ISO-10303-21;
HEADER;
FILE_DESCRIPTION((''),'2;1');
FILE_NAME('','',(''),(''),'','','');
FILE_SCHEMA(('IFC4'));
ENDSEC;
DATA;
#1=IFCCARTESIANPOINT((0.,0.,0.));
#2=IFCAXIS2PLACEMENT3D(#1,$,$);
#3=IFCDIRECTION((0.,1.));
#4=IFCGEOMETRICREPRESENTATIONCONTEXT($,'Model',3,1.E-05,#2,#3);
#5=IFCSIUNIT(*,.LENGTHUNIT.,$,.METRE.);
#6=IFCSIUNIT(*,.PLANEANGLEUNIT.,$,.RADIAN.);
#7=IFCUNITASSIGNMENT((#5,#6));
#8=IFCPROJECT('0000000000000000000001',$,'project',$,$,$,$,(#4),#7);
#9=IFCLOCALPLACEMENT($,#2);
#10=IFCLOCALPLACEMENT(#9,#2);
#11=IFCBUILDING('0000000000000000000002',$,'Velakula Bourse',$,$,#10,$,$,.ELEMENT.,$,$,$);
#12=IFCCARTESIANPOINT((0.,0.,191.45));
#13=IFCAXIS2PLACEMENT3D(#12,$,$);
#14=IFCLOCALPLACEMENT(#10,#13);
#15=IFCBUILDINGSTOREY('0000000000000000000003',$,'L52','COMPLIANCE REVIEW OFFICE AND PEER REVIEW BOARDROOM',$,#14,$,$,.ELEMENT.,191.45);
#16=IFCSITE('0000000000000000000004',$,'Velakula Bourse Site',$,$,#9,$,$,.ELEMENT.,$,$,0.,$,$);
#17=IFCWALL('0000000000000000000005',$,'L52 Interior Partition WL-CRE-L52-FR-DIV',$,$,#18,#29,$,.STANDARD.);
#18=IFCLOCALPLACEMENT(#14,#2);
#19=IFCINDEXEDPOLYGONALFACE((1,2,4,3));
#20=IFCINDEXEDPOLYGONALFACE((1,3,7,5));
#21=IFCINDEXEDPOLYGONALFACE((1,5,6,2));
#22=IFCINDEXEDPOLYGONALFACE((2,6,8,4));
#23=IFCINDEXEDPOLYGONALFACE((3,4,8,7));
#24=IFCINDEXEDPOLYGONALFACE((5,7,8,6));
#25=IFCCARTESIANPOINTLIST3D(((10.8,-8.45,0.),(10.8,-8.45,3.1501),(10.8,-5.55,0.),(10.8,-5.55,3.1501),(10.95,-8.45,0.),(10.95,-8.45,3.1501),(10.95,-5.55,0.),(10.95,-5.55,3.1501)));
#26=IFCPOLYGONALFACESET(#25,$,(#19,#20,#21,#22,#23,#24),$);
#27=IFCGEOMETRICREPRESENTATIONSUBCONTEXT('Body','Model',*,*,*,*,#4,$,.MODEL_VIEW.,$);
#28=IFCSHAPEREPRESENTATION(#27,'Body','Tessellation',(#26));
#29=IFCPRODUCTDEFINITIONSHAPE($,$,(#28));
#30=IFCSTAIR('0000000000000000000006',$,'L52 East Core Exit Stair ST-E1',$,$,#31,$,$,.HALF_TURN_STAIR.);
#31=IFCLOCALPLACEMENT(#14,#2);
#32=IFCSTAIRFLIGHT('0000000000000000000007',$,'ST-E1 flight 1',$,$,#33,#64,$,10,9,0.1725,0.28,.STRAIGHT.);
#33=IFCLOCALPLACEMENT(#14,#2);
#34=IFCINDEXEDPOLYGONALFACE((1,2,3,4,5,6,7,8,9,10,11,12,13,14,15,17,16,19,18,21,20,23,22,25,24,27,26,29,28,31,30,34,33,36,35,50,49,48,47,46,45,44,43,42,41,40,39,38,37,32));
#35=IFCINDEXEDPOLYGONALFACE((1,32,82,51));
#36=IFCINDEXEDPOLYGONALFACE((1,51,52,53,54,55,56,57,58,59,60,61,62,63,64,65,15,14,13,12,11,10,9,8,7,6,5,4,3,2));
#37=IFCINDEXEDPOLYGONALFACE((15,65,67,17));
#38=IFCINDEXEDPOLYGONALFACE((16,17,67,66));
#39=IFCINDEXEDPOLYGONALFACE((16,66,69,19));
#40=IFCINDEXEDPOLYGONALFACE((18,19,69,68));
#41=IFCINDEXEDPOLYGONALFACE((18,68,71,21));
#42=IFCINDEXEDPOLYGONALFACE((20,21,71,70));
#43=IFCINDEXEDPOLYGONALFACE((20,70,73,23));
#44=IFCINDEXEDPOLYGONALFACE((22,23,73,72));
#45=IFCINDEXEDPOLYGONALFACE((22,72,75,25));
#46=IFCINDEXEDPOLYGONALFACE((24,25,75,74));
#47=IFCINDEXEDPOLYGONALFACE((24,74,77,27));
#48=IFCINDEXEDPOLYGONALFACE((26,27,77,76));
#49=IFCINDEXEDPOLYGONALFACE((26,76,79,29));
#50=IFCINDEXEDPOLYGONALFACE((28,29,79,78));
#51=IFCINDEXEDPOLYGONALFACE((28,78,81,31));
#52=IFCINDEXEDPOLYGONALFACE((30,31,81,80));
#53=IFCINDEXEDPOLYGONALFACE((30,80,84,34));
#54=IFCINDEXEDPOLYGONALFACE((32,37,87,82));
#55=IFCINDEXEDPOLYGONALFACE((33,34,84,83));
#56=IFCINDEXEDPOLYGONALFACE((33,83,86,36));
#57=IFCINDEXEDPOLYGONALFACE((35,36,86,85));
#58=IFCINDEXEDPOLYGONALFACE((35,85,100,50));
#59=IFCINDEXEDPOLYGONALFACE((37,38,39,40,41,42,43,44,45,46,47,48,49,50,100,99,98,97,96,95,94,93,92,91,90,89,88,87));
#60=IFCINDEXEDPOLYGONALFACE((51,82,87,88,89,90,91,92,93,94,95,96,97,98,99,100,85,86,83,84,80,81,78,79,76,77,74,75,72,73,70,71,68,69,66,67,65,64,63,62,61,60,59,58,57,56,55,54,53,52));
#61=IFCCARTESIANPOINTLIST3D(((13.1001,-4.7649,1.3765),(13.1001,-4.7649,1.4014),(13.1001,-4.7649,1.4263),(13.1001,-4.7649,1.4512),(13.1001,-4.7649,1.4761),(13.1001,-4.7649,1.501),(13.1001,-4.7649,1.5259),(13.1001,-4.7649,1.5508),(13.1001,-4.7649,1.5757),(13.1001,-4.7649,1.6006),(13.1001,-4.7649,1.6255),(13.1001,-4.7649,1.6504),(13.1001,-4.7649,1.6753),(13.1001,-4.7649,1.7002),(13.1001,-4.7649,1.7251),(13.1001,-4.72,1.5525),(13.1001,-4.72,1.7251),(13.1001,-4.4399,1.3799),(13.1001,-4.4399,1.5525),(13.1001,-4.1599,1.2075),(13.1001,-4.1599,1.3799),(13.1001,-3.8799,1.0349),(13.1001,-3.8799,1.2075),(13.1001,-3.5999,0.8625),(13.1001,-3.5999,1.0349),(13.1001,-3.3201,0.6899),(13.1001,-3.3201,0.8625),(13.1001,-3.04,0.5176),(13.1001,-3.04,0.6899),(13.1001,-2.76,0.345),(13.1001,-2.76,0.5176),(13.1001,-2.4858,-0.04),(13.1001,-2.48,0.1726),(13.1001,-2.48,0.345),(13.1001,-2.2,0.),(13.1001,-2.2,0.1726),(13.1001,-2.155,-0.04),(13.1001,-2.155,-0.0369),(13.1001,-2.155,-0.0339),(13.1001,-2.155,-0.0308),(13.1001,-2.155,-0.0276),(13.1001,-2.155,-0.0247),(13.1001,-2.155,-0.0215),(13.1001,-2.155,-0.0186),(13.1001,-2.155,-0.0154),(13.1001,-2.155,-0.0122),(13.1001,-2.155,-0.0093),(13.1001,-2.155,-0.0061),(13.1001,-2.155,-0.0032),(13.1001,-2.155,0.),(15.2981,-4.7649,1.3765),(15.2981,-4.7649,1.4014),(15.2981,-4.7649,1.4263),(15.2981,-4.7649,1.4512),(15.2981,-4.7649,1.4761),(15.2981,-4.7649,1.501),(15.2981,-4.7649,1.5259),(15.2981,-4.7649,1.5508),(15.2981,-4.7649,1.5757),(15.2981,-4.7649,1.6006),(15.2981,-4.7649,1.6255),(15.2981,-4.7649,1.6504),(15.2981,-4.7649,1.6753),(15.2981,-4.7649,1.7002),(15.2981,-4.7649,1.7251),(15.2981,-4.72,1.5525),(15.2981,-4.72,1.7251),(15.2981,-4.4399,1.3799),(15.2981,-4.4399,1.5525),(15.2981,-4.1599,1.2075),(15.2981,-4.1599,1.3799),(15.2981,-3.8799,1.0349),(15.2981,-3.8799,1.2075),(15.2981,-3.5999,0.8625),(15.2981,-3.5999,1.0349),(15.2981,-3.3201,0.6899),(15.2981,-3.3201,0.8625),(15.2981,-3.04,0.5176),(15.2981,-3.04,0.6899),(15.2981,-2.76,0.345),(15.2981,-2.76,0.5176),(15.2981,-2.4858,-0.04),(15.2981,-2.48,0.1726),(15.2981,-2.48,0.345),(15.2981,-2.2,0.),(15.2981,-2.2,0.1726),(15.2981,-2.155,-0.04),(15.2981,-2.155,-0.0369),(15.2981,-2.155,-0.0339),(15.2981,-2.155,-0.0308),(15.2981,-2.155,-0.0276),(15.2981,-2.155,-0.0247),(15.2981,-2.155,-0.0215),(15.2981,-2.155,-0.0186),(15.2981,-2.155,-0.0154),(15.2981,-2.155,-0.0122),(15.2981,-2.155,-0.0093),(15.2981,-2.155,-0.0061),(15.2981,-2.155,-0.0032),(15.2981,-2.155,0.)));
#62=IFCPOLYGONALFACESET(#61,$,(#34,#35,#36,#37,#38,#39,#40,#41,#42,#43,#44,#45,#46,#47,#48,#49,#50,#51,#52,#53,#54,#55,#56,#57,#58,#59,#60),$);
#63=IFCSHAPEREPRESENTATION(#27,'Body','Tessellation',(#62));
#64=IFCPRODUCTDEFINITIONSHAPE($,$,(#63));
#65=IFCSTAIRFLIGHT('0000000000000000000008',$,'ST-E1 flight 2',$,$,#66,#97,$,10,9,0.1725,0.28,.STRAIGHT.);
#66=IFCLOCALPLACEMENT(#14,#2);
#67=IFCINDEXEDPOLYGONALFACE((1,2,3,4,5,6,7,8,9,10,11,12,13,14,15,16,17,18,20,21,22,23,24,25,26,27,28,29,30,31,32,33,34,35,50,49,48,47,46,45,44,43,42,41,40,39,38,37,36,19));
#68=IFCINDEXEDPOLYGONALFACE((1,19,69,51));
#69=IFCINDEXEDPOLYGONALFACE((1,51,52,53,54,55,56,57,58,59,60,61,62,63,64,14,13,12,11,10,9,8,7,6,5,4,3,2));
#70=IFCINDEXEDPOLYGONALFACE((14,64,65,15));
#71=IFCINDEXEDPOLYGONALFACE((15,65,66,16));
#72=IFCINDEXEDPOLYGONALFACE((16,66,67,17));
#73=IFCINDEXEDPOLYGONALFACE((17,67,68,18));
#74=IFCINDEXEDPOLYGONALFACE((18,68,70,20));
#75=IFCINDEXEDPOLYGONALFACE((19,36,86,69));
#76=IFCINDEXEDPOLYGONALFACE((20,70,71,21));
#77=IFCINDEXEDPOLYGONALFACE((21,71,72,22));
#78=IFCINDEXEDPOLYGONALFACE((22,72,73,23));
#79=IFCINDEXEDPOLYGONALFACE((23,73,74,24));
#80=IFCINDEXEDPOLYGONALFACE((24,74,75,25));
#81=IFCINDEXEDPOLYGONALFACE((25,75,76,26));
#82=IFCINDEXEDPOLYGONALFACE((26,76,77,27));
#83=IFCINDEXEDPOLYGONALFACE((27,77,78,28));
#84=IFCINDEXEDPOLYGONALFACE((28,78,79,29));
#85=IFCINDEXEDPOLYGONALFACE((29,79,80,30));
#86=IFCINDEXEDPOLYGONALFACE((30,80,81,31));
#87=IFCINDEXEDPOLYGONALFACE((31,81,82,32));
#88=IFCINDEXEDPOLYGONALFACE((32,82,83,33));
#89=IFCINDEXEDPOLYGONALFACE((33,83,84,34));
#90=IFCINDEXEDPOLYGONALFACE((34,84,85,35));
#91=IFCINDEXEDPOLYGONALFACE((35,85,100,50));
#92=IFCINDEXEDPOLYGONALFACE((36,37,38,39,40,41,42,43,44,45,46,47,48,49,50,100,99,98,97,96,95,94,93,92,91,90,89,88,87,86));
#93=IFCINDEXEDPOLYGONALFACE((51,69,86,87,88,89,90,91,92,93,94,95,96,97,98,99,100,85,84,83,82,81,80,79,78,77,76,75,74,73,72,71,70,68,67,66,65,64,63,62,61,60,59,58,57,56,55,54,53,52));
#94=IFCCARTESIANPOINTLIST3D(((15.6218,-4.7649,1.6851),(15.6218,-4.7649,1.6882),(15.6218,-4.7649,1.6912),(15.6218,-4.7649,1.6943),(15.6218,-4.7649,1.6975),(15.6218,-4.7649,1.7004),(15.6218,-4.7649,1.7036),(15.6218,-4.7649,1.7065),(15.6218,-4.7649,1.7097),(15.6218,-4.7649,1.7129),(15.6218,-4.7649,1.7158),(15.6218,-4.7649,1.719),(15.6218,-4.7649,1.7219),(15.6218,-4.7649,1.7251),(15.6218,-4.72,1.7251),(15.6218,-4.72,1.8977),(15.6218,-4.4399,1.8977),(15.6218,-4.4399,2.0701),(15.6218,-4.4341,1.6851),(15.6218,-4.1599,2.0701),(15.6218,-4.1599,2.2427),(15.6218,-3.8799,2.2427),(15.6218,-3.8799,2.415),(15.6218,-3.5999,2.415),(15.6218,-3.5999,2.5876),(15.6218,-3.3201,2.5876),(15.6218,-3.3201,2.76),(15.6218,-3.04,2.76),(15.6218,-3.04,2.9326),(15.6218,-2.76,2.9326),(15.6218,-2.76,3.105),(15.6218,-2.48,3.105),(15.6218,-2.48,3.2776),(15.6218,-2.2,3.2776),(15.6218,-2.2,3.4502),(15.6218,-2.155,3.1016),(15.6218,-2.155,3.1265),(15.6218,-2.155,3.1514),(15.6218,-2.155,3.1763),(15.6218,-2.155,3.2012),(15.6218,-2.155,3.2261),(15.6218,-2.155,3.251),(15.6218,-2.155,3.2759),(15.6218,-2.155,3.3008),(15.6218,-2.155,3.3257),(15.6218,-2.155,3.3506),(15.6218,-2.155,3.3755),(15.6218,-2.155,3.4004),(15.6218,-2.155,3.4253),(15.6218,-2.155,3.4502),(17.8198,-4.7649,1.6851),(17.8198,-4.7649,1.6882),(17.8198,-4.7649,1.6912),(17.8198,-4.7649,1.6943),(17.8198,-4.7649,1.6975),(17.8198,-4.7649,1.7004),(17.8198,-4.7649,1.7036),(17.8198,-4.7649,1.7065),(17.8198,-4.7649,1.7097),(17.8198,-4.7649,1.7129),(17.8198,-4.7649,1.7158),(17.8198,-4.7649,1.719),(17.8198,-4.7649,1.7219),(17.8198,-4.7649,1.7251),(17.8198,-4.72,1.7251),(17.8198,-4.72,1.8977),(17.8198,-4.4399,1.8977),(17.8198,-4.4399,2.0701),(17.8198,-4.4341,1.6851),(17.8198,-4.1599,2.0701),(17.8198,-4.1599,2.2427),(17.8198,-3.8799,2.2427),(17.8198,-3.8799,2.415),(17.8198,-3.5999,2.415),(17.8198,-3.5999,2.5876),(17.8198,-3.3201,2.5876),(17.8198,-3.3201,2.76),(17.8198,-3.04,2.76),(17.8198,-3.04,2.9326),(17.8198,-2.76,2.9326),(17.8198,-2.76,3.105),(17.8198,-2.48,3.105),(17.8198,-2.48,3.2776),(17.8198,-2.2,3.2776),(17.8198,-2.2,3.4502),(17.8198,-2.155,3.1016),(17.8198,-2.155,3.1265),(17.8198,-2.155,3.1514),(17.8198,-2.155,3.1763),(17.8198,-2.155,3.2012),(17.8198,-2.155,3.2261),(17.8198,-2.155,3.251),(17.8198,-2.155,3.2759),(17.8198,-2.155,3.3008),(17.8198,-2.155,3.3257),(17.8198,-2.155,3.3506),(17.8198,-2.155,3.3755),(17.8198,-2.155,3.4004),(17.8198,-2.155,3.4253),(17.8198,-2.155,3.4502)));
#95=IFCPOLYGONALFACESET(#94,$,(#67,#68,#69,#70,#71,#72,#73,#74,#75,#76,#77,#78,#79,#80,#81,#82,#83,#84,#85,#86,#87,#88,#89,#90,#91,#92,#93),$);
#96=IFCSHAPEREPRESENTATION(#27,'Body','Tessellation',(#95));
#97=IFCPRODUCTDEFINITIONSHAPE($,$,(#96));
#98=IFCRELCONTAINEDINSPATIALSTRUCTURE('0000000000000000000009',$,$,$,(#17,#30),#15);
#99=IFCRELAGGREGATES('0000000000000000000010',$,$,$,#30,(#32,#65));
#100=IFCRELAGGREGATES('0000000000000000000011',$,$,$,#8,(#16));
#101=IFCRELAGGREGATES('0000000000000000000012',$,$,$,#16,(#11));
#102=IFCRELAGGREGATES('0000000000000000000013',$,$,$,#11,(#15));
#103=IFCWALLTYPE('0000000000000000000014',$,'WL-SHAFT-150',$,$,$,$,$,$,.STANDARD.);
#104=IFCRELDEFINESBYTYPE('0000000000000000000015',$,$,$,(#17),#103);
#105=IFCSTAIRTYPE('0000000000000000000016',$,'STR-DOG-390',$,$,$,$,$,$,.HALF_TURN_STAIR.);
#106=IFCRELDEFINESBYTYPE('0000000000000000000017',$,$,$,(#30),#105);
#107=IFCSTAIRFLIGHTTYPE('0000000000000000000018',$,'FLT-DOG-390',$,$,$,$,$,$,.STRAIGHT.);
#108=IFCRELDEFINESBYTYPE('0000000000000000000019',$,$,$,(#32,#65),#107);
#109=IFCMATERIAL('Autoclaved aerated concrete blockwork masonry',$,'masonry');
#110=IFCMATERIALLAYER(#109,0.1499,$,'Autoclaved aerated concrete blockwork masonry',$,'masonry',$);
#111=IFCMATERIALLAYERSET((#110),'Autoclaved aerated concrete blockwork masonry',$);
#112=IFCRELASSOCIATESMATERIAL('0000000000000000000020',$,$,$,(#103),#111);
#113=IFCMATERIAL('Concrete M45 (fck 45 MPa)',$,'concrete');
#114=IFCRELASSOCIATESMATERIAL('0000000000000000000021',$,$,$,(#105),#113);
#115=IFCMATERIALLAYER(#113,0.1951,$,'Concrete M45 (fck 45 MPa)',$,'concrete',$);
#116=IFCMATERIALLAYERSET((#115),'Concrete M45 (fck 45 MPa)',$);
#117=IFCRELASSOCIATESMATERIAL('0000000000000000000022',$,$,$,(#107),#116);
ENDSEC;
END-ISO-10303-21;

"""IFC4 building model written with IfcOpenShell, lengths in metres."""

from ifc_helpers import new_model, si_unit, direction, frame, frame_2d, origin, place, context, subcontext, project, spatial, polyline, rectangle, outline, extrude, material, layer, layer_set, type_object, element, aggregate, save


model = new_model("IFC4")

# Units and contexts
model_context = context("Model", 3, precision=1e-05, world=origin(), true_north=direction((0.0, 1.0)))
body_context = subcontext(model_context, "Body", "Model", "MODEL_VIEW")
ifc_project = project(units=[si_unit("LENGTHUNIT", "METRE"), si_unit("PLANEANGLEUNIT", "RADIAN")], contexts=[model_context])

# Site, building, storey
site_placement = place(None, origin())
site = spatial("IfcSite", under=ifc_project, at=site_placement, Name="Velakula Bourse Site", CompositionType="ELEMENT", RefElevation=0.0)
building_placement = place(site_placement, origin())
building = spatial("IfcBuilding", under=site, at=building_placement, Name="Velakula Bourse", CompositionType="ELEMENT")
storey_placement = place(building_placement, frame((0.0, 0.0, 191.45)))
storey = spatial("IfcBuildingStorey", under=building, at=storey_placement, Name="L52", Description="COMPLIANCE REVIEW OFFICE AND PEER REVIEW BOARDROOM", CompositionType="ELEMENT", Elevation=191.45)

# Shared definitions
ifc_material_1 = material(Name="Autoclaved aerated concrete blockwork masonry", Category="masonry")
ifc_layer_1 = layer(ifc_material_1, 0.1499, Name="Autoclaved aerated concrete blockwork masonry", Category="masonry")
ifc_layer_set_1 = layer_set([ifc_layer_1], Name="Autoclaved aerated concrete blockwork masonry")
wall_type_1 = type_object("IfcWallType", Name="WL-SHAFT-150", PredefinedType="STANDARD", material=ifc_layer_set_1)

# Wall
wall_1_placement = place(storey_placement, frame((10.875, -8.45, 0.0), z_axis=(0.0, 0.0, 1.0), x_axis=(0.0, 1.0, 0.0)))
element("IfcWall", 1, at=wall_1_placement, inside=storey, type_object=wall_type_1, Name="L52 Interior Partition WL-CRE-L52-FR-DIV", PredefinedType="STANDARD", context=body_context, shape_type="SweptSolid", body=[
    extrude(rectangle(XDim=2.8999, YDim=0.1499, at=frame_2d((1.45, 0.0))), origin(), (0.0, 0.0, 1.0), 3.1501),
])

# Stair, stair flights
ifc_material_2 = material(Name="Concrete M45 (fck 45 MPa)", Category="concrete")
stair_type = type_object("IfcStairType", Name="STR-DOG-390", PredefinedType="HALF_TURN_STAIR", material=ifc_material_2)
stair_placement = place(storey_placement, origin())
stair = element("IfcStair", 2, at=stair_placement, inside=storey, type_object=stair_type, Name="L52 East Core Exit Stair ST-E1", PredefinedType="HALF_TURN_STAIR")
ifc_layer_2 = layer(ifc_material_2, 0.1951, Name="Concrete M45 (fck 45 MPa)", Category="concrete")
ifc_layer_set_2 = layer_set([ifc_layer_2], Name="Concrete M45 (fck 45 MPa)")
stair_flight_type = type_object("IfcStairFlightType", Name="FLT-DOG-390", PredefinedType="STRAIGHT", material=ifc_layer_set_2)
stair_flight_1_placement = place(storey_placement, frame((14.199, -2.2, 0.0), z_axis=(0.0, 0.0, 1.0), x_axis=(0.0, -1.0, 0.0)))
stair_flight_1 = element("IfcStairFlight", 3, at=stair_flight_1_placement, type_object=stair_flight_type, Name="ST-E1 flight 1", NumberOfRisers=10, NumberOfTreads=9, PredefinedType="STRAIGHT", RiserHeight=0.1725, TreadLength=0.28, context=body_context, shape_type="SweptSolid", body=[
    extrude(outline(polyline([(-0.0449, -0.04), (-0.0449, -0.0369), (-0.0449, -0.0339), (-0.0449, -0.0308), (-0.0449, -0.0276), (-0.0449, -0.0247), (-0.0449, -0.0215), (-0.0449, -0.0186), (-0.0449, -0.0154), (-0.0449, -0.0122), (-0.0449, -0.0093), (-0.0449, -0.0061), (-0.0449, -0.0032), (-0.0449, 0.0), (0.0, 0.0), (0.0, 0.1726), (0.28, 0.1726), (0.28, 0.345), (0.5601, 0.345), (0.5601, 0.5176), (0.8401, 0.5176), (0.8401, 0.6899), (1.1201, 0.6899), (1.1201, 0.8625), (1.3999, 0.8625), (1.3999, 1.0349), (1.6799, 1.0349), (1.6799, 1.2075), (1.96, 1.2075), (1.96, 1.3799), (2.24, 1.3799), (2.24, 1.5525), (2.52, 1.5525), (2.52, 1.7251), (2.5649, 1.7251), (2.5649, 1.7002), (2.5649, 1.6753), (2.5649, 1.6504), (2.5649, 1.6255), (2.5649, 1.6006), (2.5649, 1.5757), (2.5649, 1.5508), (2.5649, 1.5259), (2.5649, 1.501), (2.5649, 1.4761), (2.5649, 1.4512), (2.5649, 1.4263), (2.5649, 1.4014), (2.5649, 1.3765), (0.2859, -0.04), (-0.0449, -0.04)])), frame((0.0, 1.0991, 0.0), z_axis=(0.0, -1.0, 0.0), x_axis=(1.0, 0.0, 0.0)), (0.0, 0.0, 1.0), 2.198),
])
stair_flight_2_placement = place(storey_placement, frame((16.7209, -4.72, 1.7251), z_axis=(0.0, 0.0, 1.0), x_axis=(0.0, 1.0, 0.0)))
stair_flight_2 = element("IfcStairFlight", 4, at=stair_flight_2_placement, type_object=stair_flight_type, Name="ST-E1 flight 2", NumberOfRisers=10, NumberOfTreads=9, PredefinedType="STRAIGHT", RiserHeight=0.1725, TreadLength=0.28, context=body_context, shape_type="SweptSolid", body=[
    extrude(outline(polyline([(-0.0449, -0.04), (-0.0449, -0.0369), (-0.0449, -0.0339), (-0.0449, -0.0308), (-0.0449, -0.0276), (-0.0449, -0.0247), (-0.0449, -0.0215), (-0.0449, -0.0186), (-0.0449, -0.0154), (-0.0449, -0.0122), (-0.0449, -0.0093), (-0.0449, -0.0061), (-0.0449, -0.0032), (-0.0449, 0.0), (0.0, 0.0), (0.0, 0.1726), (0.28, 0.1726), (0.28, 0.345), (0.5601, 0.345), (0.5601, 0.5176), (0.8401, 0.5176), (0.8401, 0.6899), (1.1201, 0.6899), (1.1201, 0.8625), (1.3999, 0.8625), (1.3999, 1.0349), (1.6799, 1.0349), (1.6799, 1.2075), (1.96, 1.2075), (1.96, 1.3799), (2.24, 1.3799), (2.24, 1.5525), (2.52, 1.5525), (2.52, 1.7251), (2.5649, 1.7251), (2.5649, 1.7002), (2.5649, 1.6753), (2.5649, 1.6504), (2.5649, 1.6255), (2.5649, 1.6006), (2.5649, 1.5757), (2.5649, 1.5508), (2.5649, 1.5259), (2.5649, 1.501), (2.5649, 1.4761), (2.5649, 1.4512), (2.5649, 1.4263), (2.5649, 1.4014), (2.5649, 1.3765), (0.2859, -0.04), (-0.0449, -0.04)])), frame((0.0, 1.0991, 0.0), z_axis=(0.0, -1.0, 0.0), x_axis=(1.0, 0.0, 0.0)), (0.0, 0.0, 1.0), 2.198),
])
aggregate(stair, [stair_flight_1, stair_flight_2])

save(model, "model.ifc")
